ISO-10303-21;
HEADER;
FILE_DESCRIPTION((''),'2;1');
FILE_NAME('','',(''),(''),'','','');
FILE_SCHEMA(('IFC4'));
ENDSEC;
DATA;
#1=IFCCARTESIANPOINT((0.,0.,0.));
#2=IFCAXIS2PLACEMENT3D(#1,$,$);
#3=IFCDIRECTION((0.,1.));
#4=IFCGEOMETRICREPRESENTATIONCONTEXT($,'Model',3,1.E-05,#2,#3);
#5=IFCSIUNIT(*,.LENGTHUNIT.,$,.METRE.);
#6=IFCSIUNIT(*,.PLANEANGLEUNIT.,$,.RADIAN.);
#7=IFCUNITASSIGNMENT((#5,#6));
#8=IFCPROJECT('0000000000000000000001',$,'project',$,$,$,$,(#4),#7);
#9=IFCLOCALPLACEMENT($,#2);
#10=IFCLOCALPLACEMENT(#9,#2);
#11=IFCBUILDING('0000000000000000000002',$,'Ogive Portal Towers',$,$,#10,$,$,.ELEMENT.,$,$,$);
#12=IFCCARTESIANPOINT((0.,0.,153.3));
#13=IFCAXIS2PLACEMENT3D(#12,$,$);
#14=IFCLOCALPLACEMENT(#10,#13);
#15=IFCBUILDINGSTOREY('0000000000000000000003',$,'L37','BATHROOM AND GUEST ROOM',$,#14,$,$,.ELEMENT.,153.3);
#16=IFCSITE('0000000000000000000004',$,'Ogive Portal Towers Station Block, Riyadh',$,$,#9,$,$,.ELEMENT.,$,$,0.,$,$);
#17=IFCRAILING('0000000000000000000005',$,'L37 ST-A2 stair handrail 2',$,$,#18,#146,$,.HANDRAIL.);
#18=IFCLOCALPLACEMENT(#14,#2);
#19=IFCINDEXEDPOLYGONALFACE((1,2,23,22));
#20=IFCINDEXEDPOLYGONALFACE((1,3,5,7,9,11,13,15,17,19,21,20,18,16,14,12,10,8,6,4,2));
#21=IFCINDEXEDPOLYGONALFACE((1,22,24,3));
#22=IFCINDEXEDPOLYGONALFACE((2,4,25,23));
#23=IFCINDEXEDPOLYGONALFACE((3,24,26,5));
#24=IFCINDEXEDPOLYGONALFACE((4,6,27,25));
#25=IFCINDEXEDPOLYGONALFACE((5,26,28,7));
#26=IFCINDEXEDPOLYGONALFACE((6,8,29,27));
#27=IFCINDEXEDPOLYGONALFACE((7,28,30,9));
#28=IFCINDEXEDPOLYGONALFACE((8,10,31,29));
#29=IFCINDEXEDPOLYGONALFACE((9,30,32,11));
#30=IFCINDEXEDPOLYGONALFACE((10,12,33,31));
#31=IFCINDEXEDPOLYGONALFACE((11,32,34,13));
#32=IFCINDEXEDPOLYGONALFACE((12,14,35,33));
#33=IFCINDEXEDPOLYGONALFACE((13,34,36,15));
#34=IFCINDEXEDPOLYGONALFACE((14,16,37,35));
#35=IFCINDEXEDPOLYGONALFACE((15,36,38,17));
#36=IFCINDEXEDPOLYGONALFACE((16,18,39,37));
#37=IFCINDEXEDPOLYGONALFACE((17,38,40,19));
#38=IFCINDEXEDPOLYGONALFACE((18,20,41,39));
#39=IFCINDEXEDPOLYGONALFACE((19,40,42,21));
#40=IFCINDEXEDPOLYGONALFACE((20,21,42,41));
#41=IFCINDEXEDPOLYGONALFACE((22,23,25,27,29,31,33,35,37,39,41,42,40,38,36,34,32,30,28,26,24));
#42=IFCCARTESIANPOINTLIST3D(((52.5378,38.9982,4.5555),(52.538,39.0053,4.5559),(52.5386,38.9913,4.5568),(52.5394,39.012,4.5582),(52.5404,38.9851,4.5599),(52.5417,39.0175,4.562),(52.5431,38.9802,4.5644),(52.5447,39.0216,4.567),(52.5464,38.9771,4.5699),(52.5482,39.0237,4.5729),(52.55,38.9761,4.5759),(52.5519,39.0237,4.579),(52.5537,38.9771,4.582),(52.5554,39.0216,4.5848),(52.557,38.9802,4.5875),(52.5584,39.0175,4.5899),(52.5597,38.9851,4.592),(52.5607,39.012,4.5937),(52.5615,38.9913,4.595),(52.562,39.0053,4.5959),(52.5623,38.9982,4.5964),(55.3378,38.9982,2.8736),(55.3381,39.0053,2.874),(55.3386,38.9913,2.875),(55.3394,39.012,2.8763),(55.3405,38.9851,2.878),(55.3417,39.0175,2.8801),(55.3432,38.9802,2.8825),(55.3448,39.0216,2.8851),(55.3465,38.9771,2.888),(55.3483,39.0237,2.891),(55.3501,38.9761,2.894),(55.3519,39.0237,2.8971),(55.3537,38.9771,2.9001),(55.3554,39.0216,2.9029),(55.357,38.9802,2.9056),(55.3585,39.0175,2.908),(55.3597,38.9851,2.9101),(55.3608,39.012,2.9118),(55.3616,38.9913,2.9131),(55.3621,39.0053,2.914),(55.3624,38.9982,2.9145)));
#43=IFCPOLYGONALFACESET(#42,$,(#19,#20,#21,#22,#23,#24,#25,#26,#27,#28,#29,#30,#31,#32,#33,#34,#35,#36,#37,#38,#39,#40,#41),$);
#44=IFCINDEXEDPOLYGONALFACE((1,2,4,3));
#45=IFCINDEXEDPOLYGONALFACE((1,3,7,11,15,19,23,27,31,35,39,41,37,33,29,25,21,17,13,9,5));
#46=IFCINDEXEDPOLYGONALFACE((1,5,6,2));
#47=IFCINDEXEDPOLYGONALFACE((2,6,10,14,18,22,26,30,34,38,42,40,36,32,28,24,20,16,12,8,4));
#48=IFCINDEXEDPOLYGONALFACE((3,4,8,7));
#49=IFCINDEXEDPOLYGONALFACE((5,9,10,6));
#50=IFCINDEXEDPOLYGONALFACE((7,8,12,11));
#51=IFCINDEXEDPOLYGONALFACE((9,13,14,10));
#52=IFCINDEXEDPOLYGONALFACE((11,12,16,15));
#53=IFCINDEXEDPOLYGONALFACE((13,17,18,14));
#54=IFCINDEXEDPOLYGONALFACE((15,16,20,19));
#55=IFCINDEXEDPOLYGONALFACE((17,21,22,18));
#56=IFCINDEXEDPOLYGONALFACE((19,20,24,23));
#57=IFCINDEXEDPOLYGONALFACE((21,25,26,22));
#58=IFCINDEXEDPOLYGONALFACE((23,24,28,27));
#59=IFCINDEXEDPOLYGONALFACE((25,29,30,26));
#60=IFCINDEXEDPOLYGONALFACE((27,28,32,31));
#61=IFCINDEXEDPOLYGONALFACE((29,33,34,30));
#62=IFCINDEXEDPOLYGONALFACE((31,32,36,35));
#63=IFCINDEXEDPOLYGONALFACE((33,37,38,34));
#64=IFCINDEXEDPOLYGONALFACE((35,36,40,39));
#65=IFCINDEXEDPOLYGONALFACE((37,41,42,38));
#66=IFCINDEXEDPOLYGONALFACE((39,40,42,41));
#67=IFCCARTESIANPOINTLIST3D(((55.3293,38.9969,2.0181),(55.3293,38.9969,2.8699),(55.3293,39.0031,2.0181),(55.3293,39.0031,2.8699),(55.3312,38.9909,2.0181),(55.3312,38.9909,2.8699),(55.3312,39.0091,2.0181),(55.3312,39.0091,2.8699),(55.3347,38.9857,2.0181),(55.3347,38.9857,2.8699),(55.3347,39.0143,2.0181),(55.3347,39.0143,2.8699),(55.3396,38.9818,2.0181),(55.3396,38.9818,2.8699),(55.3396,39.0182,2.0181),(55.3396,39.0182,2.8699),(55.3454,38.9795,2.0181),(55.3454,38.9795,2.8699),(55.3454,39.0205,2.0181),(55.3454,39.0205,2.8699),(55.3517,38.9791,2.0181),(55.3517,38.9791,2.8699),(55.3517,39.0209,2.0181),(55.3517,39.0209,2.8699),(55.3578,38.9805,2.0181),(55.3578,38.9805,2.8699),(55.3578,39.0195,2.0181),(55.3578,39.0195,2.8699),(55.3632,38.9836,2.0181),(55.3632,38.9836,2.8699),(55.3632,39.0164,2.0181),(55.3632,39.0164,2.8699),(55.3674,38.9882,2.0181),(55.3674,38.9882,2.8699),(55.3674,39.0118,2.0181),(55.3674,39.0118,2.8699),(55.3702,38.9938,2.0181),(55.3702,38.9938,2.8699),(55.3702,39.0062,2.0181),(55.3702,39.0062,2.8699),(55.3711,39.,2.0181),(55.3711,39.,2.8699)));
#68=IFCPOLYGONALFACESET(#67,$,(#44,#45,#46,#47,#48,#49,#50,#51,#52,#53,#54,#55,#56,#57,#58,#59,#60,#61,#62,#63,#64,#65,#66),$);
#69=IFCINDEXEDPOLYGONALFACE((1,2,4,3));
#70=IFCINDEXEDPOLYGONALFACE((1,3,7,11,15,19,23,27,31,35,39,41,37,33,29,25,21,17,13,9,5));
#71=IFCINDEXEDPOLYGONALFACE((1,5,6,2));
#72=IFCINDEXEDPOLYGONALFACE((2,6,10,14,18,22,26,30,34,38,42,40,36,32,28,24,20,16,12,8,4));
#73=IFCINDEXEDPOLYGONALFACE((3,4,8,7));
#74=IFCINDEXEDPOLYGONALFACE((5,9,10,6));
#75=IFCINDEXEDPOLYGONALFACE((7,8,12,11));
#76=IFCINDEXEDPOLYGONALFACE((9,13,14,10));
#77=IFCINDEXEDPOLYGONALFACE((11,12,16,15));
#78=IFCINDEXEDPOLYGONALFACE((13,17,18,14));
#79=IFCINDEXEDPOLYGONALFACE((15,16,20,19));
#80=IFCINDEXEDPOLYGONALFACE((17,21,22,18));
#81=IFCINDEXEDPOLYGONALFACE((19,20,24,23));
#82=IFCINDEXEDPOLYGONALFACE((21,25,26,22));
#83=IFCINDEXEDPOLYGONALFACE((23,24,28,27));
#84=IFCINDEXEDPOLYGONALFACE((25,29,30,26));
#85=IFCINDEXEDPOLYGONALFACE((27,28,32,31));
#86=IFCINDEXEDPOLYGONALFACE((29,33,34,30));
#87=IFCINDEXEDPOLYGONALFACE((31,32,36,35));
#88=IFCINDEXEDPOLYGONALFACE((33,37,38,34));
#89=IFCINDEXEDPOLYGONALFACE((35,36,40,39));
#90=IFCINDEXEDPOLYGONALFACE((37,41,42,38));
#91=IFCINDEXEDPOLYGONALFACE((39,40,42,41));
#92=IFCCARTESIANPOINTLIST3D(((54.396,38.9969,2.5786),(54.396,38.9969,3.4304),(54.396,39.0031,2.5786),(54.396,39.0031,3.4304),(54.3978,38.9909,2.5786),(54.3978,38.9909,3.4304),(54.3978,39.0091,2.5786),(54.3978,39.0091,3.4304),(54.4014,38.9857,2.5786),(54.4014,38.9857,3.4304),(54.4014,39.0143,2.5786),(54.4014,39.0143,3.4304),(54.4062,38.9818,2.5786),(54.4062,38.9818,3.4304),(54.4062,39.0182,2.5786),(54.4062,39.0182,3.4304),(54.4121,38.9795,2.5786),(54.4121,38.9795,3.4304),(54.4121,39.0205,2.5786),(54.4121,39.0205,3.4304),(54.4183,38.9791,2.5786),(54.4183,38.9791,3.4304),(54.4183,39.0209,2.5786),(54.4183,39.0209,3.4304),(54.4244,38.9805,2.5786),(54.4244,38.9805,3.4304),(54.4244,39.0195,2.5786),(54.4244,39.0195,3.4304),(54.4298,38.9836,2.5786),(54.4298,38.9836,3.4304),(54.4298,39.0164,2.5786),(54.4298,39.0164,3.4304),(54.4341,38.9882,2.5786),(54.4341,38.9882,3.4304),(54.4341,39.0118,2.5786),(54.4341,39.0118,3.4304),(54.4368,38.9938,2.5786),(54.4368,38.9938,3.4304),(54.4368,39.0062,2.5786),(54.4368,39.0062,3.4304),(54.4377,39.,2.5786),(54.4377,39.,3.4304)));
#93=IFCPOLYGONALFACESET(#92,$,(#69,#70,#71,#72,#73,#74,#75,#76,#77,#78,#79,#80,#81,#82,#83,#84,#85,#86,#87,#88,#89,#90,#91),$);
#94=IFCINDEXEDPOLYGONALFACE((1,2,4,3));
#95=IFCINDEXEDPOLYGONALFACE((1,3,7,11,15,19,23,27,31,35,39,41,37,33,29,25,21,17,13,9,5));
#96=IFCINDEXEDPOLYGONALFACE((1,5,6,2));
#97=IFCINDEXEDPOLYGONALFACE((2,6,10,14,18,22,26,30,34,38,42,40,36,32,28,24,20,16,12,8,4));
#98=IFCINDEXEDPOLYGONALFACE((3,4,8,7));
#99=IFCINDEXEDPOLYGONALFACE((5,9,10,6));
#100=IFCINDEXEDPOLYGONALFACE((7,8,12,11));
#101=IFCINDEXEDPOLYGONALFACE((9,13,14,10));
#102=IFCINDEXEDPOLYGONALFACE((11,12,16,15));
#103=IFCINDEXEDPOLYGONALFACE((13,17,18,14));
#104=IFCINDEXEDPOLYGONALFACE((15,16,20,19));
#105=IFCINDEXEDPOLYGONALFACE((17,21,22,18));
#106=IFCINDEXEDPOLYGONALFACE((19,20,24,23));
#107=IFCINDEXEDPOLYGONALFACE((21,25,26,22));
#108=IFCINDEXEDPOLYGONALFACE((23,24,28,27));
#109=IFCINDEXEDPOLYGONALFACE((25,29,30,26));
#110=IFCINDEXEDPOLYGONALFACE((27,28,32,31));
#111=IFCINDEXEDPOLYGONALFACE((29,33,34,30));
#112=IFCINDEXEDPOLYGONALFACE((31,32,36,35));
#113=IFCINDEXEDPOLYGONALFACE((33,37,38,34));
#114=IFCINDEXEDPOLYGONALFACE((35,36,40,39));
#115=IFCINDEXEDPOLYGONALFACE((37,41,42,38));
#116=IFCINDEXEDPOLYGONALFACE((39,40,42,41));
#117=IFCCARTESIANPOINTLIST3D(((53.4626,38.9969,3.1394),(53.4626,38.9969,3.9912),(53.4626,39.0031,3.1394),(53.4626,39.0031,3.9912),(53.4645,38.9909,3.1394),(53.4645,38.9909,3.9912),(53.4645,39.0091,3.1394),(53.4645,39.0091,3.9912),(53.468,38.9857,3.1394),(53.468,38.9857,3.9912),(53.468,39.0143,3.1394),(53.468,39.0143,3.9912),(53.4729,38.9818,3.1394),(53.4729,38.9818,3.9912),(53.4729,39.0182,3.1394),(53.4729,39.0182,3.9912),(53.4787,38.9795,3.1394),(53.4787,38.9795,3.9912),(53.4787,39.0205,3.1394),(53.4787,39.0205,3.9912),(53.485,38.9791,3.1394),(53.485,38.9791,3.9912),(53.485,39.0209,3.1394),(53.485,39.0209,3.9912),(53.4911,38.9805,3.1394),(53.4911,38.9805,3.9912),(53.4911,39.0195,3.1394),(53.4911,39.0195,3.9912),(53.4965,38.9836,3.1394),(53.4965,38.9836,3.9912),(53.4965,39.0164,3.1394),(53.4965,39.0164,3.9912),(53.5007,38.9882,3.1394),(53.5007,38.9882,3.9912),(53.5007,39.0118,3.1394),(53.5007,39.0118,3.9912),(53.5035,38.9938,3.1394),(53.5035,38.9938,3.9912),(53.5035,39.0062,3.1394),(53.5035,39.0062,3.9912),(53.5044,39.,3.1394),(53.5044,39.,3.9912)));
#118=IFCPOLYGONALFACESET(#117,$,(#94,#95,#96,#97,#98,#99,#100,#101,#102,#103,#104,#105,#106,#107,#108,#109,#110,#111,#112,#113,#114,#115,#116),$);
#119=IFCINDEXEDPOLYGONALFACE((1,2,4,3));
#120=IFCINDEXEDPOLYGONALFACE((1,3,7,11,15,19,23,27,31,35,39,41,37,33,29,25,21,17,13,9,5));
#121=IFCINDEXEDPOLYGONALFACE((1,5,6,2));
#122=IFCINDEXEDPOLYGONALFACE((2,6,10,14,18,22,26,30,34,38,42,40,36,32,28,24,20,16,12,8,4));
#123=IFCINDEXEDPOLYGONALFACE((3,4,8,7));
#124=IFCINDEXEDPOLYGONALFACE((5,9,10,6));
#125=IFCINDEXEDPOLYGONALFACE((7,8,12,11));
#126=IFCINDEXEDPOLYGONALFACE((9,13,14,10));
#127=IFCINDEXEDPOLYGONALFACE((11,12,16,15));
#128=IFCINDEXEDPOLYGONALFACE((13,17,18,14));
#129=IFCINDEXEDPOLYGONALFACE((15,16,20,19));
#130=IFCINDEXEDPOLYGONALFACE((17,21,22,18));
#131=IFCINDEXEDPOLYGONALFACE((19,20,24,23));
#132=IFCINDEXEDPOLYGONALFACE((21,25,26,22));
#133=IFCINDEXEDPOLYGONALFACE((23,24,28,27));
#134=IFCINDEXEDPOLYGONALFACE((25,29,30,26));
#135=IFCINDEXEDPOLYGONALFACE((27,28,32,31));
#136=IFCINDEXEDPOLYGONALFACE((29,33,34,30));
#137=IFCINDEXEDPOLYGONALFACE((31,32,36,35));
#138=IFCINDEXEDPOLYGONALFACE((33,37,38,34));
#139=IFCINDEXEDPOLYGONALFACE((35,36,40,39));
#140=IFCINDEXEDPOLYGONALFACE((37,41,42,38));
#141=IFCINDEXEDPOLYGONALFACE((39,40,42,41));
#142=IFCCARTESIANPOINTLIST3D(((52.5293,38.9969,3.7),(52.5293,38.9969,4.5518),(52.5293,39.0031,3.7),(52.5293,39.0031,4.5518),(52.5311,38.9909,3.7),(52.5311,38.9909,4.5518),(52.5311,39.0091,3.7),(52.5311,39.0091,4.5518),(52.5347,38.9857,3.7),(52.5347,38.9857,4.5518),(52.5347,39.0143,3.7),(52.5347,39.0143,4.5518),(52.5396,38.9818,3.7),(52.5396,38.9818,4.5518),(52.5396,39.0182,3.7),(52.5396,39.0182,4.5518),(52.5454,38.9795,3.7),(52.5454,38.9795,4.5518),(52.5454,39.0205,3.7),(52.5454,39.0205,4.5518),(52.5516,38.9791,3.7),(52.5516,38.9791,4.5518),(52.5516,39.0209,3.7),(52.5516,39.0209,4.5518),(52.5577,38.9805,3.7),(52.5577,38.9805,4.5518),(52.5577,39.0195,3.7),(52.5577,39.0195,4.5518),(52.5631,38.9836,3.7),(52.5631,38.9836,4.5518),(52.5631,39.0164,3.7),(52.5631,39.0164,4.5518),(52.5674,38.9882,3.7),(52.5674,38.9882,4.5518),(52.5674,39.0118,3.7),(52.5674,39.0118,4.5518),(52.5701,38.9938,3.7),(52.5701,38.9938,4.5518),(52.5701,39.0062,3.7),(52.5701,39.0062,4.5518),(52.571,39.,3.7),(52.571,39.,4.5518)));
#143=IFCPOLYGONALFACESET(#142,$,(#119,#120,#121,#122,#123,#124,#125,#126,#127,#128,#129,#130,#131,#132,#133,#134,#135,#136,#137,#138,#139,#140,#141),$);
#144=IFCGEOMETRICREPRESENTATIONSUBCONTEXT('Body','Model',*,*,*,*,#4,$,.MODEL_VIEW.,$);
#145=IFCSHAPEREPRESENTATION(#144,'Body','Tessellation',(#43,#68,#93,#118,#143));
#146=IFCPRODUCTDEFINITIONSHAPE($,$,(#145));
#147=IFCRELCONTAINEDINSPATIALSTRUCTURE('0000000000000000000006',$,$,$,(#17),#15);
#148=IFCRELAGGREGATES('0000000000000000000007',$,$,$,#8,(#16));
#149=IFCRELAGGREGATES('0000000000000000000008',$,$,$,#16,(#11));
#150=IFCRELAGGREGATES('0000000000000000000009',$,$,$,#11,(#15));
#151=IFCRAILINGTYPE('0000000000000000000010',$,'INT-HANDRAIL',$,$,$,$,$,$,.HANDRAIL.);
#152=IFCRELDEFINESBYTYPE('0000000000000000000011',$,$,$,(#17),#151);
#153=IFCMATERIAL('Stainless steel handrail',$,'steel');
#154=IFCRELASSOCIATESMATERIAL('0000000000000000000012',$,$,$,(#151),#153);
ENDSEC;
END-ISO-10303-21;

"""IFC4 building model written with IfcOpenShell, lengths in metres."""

from ifc_helpers import new_model, si_unit, direction, frame, origin, origin_2d, place, context, subcontext, project, spatial, circle, extrude, material, type_object, element, save


model = new_model("IFC4")

# Units and contexts
model_context = context("Model", 3, precision=1e-05, world=origin(), true_north=direction((0.0, 1.0)))
body_context = subcontext(model_context, "Body", "Model", "MODEL_VIEW")
ifc_project = project(units=[si_unit("LENGTHUNIT", "METRE"), si_unit("PLANEANGLEUNIT", "RADIAN")], contexts=[model_context])

# Site, building, storey
site_placement = place(None, origin())
site = spatial("IfcSite", under=ifc_project, at=site_placement, Name="Ogive Portal Towers Station Block, Riyadh", CompositionType="ELEMENT", RefElevation=0.0)
building_placement = place(site_placement, origin())
building = spatial("IfcBuilding", under=site, at=building_placement, Name="Ogive Portal Towers", CompositionType="ELEMENT")
storey_placement = place(building_placement, frame((0.0, 0.0, 153.3)))
storey = spatial("IfcBuildingStorey", under=building, at=storey_placement, Name="L37", Description="BATHROOM AND GUEST ROOM", CompositionType="ELEMENT", Elevation=153.3)

# Railing
ifc_material_1 = material(Name="Stainless steel handrail", Category="steel")
railing_type_1 = type_object("IfcRailingType", Name="INT-HANDRAIL", PredefinedType="HANDRAIL", material=ifc_material_1)
railing_1_placement = place(storey_placement, frame((55.3501, 39.0, 2.0181)))
element("IfcRailing", 1, at=railing_1_placement, inside=storey, type_object=railing_type_1, Name="L37 ST-A2 stair handrail 2", PredefinedType="HANDRAIL", context=body_context, shape_type="SweptSolid", body=[
    extrude(circle(Radius=0.0239, at=origin_2d()), frame((0.0, 0.0, 0.876), z_axis=(-0.857242, 0.0, 0.514913), x_axis=(0.0, -1.0, 0.0)), (0.0, 0.0, 1.0), 3.2664),
    extrude(circle(Radius=0.021, at=origin_2d()), origin(), (0.0, 0.0, 1.0), 0.8518),
    extrude(circle(Radius=0.021, at=origin_2d()), frame((-0.9333, 0.0, 0.5605)), (0.0, 0.0, 1.0), 0.8518),
    extrude(circle(Radius=0.021, at=origin_2d()), frame((-1.8667, 0.0, 1.1213)), (0.0, 0.0, 1.0), 0.8518),
    extrude(circle(Radius=0.021, at=origin_2d()), frame((-2.8, 0.0, 1.6819)), (0.0, 0.0, 1.0), 0.8518),
])

save(model, "model.ifc")
